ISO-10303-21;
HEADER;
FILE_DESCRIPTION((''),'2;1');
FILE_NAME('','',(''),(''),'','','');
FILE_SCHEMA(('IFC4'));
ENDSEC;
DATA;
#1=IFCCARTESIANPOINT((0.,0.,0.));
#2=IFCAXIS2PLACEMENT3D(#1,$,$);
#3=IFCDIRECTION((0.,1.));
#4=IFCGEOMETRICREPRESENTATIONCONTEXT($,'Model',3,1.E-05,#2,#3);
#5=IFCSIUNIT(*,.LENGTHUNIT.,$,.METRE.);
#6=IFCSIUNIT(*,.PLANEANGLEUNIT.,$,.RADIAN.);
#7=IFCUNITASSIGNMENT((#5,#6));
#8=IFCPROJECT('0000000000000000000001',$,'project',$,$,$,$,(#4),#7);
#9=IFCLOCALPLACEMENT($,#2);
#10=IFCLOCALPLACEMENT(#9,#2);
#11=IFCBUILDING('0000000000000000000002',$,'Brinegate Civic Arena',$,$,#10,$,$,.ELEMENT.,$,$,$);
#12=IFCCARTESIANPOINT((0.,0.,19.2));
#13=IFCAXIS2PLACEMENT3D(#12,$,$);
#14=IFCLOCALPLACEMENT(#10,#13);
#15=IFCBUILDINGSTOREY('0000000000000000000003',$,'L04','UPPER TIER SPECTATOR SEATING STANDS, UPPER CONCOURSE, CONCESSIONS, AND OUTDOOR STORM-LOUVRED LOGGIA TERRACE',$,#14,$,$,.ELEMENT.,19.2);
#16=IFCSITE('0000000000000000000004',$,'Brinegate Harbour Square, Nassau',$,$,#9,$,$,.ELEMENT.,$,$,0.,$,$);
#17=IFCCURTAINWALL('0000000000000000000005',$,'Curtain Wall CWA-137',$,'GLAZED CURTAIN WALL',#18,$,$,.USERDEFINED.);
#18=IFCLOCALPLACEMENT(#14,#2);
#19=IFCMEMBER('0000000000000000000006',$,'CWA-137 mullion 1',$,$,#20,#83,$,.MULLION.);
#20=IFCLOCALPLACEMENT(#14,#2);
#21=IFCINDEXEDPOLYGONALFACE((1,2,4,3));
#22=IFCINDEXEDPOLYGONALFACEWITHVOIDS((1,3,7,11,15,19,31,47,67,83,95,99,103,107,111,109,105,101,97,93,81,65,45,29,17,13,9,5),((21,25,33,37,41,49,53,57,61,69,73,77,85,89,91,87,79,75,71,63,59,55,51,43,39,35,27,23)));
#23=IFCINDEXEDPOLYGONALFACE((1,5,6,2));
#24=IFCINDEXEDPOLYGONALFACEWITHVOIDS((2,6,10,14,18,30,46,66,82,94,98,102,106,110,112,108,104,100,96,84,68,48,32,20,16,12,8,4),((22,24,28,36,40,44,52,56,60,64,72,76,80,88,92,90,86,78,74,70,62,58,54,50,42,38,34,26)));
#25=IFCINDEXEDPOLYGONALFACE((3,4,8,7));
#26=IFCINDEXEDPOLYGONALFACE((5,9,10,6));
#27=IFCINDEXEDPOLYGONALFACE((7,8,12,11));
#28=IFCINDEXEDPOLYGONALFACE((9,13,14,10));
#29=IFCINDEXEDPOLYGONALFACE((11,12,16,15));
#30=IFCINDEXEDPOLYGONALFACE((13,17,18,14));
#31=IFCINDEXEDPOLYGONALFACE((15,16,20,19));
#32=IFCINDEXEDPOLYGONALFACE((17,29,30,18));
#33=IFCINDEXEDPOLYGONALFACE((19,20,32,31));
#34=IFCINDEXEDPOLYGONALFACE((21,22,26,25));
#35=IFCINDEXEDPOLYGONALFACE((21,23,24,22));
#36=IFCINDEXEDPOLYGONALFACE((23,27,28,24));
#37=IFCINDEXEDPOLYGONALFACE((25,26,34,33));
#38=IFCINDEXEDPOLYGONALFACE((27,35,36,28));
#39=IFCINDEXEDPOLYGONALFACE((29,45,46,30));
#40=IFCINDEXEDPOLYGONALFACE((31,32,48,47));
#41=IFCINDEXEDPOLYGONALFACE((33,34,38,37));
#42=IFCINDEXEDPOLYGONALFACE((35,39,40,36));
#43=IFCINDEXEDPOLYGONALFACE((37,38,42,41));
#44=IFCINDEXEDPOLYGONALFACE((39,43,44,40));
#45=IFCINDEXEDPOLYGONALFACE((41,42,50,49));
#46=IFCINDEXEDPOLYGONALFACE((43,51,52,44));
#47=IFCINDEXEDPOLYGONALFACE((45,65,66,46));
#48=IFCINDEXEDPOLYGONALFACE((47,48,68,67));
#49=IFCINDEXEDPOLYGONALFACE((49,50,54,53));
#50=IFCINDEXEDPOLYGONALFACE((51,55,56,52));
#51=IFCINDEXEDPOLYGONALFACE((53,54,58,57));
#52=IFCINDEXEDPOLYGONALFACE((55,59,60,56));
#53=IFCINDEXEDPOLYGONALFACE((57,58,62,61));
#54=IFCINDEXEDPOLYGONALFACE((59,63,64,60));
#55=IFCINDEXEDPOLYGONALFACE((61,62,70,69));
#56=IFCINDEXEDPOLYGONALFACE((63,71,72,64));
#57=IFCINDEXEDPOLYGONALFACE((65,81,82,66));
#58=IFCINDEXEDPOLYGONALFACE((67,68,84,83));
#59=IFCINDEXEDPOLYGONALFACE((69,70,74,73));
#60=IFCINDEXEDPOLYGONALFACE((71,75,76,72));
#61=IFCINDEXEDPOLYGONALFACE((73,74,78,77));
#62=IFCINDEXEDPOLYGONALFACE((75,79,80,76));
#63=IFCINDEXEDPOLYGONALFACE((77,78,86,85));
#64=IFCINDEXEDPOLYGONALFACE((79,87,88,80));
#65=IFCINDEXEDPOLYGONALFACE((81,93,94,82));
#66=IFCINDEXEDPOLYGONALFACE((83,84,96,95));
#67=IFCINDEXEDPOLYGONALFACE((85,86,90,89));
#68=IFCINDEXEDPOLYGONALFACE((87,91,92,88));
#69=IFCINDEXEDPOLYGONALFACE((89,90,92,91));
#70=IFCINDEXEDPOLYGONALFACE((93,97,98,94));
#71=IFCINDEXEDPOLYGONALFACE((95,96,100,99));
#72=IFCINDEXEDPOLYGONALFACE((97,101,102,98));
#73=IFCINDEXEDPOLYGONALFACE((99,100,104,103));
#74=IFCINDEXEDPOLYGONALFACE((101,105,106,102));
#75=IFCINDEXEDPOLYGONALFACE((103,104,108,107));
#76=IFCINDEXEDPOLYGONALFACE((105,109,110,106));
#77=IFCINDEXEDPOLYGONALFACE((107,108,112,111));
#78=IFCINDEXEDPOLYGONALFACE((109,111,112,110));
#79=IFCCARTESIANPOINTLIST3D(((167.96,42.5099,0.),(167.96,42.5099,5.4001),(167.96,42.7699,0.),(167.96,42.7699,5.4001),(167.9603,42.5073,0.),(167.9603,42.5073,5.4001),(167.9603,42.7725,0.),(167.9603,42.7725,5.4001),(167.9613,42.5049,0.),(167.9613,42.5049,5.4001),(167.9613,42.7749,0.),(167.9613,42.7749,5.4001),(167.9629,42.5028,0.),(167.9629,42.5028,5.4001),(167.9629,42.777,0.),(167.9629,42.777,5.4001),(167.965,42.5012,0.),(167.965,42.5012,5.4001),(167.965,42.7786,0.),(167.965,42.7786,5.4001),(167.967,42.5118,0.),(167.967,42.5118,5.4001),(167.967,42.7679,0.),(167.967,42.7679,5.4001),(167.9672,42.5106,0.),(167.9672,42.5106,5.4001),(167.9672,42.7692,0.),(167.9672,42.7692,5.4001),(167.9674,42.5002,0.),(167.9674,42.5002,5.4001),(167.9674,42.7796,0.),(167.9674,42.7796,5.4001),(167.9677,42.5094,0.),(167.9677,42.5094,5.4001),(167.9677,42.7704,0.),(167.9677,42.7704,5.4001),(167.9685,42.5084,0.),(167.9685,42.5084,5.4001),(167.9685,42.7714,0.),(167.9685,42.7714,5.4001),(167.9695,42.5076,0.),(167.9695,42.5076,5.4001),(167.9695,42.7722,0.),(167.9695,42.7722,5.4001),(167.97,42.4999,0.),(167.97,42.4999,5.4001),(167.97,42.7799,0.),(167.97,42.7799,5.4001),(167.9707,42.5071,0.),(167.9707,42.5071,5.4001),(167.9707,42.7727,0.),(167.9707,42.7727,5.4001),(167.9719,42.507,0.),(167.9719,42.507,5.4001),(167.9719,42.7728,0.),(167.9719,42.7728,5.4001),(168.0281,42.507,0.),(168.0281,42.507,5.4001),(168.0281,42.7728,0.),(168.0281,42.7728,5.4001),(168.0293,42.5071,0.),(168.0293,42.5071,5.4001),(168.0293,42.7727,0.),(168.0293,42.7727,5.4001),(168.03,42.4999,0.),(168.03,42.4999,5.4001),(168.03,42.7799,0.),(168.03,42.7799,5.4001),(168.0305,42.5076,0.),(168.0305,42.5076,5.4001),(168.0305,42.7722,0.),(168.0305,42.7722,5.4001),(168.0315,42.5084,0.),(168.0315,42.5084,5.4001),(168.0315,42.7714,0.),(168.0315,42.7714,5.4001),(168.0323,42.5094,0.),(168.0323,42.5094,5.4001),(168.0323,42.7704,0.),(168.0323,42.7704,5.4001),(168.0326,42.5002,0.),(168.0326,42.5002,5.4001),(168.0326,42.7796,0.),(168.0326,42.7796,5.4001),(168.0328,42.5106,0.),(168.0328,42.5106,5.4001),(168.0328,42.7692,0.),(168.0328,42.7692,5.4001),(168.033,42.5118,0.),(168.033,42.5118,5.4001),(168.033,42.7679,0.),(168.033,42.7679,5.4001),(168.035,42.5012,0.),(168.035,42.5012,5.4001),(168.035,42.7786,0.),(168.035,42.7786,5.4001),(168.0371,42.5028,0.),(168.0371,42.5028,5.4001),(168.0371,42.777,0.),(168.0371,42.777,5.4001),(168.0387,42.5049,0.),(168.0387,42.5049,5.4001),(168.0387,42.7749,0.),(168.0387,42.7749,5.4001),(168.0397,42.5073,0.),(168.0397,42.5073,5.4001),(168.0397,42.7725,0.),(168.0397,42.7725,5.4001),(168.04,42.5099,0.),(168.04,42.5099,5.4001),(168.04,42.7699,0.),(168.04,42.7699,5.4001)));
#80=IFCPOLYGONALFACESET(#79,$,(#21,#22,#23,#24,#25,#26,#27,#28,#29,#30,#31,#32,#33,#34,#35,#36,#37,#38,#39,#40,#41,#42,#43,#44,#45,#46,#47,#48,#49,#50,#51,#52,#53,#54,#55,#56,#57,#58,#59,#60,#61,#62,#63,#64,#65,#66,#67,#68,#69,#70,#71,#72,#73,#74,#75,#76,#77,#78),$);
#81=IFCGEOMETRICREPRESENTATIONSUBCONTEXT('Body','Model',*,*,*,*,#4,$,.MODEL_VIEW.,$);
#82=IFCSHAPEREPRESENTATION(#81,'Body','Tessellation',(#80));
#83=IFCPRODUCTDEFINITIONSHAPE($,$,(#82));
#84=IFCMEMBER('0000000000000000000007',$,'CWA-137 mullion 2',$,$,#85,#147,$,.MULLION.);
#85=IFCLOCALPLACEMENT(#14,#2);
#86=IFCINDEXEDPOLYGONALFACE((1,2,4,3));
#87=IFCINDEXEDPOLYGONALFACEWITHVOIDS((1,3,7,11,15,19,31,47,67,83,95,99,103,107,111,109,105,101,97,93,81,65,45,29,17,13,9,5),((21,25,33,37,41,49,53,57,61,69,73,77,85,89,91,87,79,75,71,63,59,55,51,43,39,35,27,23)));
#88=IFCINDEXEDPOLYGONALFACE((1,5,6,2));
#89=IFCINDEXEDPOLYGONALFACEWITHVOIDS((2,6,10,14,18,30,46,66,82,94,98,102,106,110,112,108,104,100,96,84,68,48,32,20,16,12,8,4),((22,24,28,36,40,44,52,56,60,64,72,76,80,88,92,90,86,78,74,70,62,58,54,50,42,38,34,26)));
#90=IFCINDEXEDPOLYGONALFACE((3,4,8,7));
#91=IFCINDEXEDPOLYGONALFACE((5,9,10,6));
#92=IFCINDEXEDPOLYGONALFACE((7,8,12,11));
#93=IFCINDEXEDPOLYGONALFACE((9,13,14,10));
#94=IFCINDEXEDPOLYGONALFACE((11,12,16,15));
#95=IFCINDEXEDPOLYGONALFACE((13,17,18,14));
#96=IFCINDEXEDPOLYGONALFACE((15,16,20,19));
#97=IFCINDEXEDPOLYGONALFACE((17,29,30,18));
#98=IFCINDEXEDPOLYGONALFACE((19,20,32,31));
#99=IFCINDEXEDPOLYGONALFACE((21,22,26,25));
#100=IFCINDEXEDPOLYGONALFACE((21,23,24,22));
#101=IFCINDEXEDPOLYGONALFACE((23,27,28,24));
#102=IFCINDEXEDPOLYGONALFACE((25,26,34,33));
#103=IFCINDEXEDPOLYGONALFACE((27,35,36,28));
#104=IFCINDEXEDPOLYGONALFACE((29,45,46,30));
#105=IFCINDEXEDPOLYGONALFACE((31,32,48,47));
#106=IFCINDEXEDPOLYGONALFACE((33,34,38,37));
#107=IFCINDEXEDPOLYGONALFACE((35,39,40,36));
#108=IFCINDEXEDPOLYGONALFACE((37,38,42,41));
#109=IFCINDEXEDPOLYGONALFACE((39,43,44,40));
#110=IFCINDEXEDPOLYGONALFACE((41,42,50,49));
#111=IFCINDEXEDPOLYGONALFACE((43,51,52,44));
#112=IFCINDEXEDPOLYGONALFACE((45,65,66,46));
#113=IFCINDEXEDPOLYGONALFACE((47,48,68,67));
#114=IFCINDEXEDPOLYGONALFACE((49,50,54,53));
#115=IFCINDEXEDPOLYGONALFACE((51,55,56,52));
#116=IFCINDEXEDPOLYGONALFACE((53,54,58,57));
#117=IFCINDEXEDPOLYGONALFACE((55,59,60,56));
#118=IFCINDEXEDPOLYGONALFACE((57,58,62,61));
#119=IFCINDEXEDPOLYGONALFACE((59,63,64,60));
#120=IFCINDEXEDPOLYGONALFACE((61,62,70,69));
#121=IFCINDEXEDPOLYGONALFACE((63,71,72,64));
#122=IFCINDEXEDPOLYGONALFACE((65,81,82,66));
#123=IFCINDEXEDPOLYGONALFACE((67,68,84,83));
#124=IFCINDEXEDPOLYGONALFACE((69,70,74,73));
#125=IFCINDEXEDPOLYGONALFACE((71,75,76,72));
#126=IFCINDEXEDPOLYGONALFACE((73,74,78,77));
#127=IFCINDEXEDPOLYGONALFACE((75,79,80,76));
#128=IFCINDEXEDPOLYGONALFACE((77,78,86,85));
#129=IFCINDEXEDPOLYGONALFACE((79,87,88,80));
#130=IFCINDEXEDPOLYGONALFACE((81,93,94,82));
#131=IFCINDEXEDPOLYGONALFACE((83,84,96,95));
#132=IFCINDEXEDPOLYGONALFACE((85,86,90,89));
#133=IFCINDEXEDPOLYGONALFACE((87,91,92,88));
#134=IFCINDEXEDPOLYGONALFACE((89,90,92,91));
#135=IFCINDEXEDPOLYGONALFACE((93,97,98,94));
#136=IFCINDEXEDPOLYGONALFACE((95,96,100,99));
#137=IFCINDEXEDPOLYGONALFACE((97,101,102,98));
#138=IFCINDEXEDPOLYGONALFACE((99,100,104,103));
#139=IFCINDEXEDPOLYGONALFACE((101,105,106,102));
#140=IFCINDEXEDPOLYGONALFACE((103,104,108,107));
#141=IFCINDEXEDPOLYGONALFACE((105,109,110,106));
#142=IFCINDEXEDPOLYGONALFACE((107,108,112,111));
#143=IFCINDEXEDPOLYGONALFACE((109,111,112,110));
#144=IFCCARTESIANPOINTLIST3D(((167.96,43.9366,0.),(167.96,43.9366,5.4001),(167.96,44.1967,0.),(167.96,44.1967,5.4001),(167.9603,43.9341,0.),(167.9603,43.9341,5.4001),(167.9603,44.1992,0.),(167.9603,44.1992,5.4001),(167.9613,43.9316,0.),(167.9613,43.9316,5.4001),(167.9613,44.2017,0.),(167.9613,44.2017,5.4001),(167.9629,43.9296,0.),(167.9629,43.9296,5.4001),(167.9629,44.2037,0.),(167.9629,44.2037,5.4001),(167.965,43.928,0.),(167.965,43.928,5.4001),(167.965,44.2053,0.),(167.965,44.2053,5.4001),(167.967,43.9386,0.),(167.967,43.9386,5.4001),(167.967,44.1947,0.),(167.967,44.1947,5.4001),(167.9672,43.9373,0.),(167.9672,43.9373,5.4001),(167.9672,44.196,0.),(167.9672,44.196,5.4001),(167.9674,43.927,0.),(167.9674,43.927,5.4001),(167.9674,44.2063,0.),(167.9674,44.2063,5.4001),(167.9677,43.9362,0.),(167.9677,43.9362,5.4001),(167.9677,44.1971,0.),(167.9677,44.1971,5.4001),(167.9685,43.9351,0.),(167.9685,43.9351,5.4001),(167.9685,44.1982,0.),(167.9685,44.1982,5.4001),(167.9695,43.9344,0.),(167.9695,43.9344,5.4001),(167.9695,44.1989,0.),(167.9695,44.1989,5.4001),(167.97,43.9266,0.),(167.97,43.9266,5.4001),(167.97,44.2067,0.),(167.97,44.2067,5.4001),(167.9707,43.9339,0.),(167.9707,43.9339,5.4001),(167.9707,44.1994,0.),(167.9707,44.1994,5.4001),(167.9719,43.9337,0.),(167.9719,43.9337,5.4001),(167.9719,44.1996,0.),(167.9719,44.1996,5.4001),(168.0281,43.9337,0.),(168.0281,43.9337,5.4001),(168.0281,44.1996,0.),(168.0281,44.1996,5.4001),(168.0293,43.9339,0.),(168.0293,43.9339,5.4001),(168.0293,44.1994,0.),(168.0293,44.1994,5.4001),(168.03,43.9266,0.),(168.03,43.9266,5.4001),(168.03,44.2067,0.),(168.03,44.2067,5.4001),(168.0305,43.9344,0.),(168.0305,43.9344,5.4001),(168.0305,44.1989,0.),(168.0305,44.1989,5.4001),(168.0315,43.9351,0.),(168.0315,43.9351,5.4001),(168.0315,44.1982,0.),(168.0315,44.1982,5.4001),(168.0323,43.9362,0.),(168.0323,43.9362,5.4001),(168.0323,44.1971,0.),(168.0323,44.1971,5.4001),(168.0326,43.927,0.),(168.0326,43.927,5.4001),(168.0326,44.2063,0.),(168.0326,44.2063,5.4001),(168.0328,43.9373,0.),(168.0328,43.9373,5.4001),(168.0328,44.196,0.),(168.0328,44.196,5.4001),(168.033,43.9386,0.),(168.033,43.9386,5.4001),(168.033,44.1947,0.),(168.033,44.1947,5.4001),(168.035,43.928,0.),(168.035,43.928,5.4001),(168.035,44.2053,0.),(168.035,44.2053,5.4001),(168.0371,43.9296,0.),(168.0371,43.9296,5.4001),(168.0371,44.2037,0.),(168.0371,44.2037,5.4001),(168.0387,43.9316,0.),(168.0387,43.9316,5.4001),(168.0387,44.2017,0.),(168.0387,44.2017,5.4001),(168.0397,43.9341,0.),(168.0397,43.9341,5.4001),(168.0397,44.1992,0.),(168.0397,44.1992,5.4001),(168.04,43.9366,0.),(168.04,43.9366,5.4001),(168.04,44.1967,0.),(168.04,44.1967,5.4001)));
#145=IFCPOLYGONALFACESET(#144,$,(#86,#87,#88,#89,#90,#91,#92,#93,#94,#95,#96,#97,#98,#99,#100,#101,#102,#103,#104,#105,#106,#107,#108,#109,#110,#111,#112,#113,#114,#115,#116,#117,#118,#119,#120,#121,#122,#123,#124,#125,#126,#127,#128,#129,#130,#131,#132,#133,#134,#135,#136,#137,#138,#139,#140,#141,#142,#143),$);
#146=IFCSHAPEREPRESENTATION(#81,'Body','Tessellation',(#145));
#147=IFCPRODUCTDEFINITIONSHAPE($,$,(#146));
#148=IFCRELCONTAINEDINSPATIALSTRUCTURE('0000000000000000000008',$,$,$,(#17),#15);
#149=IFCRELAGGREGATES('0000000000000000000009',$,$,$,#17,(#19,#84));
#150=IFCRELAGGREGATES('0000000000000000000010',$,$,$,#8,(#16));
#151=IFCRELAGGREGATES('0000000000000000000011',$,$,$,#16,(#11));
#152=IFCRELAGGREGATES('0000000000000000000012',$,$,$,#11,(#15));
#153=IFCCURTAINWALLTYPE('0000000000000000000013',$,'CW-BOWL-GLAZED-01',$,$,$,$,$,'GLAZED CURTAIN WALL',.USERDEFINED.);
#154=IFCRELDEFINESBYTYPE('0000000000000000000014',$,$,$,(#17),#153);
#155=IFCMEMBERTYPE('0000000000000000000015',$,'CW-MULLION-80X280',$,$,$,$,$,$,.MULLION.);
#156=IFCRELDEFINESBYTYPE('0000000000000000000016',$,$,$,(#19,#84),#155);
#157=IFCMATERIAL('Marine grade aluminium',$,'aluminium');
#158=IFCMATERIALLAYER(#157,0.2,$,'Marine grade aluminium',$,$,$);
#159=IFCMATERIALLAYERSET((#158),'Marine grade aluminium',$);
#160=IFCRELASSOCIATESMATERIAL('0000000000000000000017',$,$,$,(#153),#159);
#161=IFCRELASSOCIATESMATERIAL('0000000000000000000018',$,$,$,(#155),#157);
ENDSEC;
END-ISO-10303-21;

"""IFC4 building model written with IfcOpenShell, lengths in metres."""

from ifc_helpers import new_model, si_unit, direction, frame, origin, origin_2d, place, context, subcontext, project, spatial, hollow_rectangle, extrude, material, layer, layer_set, material_profile, profile_set, type_object, element, aggregate, save


model = new_model("IFC4")

# Units and contexts
model_context = context("Model", 3, precision=1e-05, world=origin(), true_north=direction((0.0, 1.0)))
body_context = subcontext(model_context, "Body", "Model", "MODEL_VIEW")
ifc_project = project(units=[si_unit("LENGTHUNIT", "METRE"), si_unit("PLANEANGLEUNIT", "RADIAN")], contexts=[model_context])

# Site, building, storey
site_placement = place(None, origin())
site = spatial("IfcSite", under=ifc_project, at=site_placement, Name="Brinegate Harbour Square, Nassau", CompositionType="ELEMENT", RefElevation=0.0)
building_placement = place(site_placement, origin())
building = spatial("IfcBuilding", under=site, at=building_placement, Name="Brinegate Civic Arena", CompositionType="ELEMENT")
storey_placement = place(building_placement, frame((0.0, 0.0, 19.2)))
storey = spatial("IfcBuildingStorey", under=building, at=storey_placement, Name="L04", Description="UPPER TIER SPECTATOR SEATING STANDS, UPPER CONCOURSE, CONCESSIONS, AND OUTDOOR STORM-LOUVRED LOGGIA TERRACE", CompositionType="ELEMENT", Elevation=19.2)

# Curtain wall, members
ifc_material_1 = material(Name="Marine grade aluminium", Category="aluminium")
ifc_layer_1 = layer(ifc_material_1, 0.2, Name="Marine grade aluminium")
ifc_layer_set_1 = layer_set([ifc_layer_1], Name="Marine grade aluminium")
curtain_wall_type = type_object("IfcCurtainWallType", Name="CW-BOWL-GLAZED-01", ElementType="GLAZED CURTAIN WALL", PredefinedType="USERDEFINED", material=ifc_layer_set_1)
curtain_wall_placement = place(storey_placement, origin())
curtain_wall = element("IfcCurtainWall", 1, at=curtain_wall_placement, inside=storey, type_object=curtain_wall_type, Name="Curtain Wall CWA-137", ObjectType="GLAZED CURTAIN WALL", PredefinedType="USERDEFINED")
ifc_material_profile_1 = material_profile(ifc_material_1, hollow_rectangle(XDim=0.0801, YDim=0.28, WallThickness=0.0071, InnerFilletRadius=0.0049, OuterFilletRadius=0.01, at=origin_2d()), Name="MUL80X280")
ifc_profile_set_1 = profile_set([ifc_material_profile_1], Name="Marine grade aluminium")
member_type_1 = type_object("IfcMemberType", Name="CW-MULLION-80X280", PredefinedType="MULLION", material=ifc_profile_set_1)
member_1_placement = place(storey_placement, frame((168.0, 42.6399, 0.0), z_axis=(0.0, 0.0, 1.0), x_axis=(-1.0, 0.0, 0.0)))
member_1 = element("IfcMember", 2, at=member_1_placement, type_object=member_type_1, Name="CWA-137 mullion 1", PredefinedType="MULLION", context=body_context, shape_type="SweptSolid", body=[
    extrude(hollow_rectangle(XDim=0.0801, YDim=0.28, WallThickness=0.0071, InnerFilletRadius=0.0049, OuterFilletRadius=0.01, at=origin_2d()), origin(), (0.0, 0.0, 1.0), 5.4001),
])
member_2_placement = place(storey_placement, frame((168.0, 44.0667, 0.0), z_axis=(0.0, 0.0, 1.0), x_axis=(-1.0, 0.0, 0.0)))
member_2 = element("IfcMember", 3, at=member_2_placement, type_object=member_type_1, Name="CWA-137 mullion 2", PredefinedType="MULLION", context=body_context, shape_type="SweptSolid", body=[
    extrude(hollow_rectangle(XDim=0.0801, YDim=0.28, WallThickness=0.0071, InnerFilletRadius=0.0049, OuterFilletRadius=0.01, at=origin_2d()), origin(), (0.0, 0.0, 1.0), 5.4001),
])
aggregate(curtain_wall, [member_1, member_2])

save(model, "model.ifc")
